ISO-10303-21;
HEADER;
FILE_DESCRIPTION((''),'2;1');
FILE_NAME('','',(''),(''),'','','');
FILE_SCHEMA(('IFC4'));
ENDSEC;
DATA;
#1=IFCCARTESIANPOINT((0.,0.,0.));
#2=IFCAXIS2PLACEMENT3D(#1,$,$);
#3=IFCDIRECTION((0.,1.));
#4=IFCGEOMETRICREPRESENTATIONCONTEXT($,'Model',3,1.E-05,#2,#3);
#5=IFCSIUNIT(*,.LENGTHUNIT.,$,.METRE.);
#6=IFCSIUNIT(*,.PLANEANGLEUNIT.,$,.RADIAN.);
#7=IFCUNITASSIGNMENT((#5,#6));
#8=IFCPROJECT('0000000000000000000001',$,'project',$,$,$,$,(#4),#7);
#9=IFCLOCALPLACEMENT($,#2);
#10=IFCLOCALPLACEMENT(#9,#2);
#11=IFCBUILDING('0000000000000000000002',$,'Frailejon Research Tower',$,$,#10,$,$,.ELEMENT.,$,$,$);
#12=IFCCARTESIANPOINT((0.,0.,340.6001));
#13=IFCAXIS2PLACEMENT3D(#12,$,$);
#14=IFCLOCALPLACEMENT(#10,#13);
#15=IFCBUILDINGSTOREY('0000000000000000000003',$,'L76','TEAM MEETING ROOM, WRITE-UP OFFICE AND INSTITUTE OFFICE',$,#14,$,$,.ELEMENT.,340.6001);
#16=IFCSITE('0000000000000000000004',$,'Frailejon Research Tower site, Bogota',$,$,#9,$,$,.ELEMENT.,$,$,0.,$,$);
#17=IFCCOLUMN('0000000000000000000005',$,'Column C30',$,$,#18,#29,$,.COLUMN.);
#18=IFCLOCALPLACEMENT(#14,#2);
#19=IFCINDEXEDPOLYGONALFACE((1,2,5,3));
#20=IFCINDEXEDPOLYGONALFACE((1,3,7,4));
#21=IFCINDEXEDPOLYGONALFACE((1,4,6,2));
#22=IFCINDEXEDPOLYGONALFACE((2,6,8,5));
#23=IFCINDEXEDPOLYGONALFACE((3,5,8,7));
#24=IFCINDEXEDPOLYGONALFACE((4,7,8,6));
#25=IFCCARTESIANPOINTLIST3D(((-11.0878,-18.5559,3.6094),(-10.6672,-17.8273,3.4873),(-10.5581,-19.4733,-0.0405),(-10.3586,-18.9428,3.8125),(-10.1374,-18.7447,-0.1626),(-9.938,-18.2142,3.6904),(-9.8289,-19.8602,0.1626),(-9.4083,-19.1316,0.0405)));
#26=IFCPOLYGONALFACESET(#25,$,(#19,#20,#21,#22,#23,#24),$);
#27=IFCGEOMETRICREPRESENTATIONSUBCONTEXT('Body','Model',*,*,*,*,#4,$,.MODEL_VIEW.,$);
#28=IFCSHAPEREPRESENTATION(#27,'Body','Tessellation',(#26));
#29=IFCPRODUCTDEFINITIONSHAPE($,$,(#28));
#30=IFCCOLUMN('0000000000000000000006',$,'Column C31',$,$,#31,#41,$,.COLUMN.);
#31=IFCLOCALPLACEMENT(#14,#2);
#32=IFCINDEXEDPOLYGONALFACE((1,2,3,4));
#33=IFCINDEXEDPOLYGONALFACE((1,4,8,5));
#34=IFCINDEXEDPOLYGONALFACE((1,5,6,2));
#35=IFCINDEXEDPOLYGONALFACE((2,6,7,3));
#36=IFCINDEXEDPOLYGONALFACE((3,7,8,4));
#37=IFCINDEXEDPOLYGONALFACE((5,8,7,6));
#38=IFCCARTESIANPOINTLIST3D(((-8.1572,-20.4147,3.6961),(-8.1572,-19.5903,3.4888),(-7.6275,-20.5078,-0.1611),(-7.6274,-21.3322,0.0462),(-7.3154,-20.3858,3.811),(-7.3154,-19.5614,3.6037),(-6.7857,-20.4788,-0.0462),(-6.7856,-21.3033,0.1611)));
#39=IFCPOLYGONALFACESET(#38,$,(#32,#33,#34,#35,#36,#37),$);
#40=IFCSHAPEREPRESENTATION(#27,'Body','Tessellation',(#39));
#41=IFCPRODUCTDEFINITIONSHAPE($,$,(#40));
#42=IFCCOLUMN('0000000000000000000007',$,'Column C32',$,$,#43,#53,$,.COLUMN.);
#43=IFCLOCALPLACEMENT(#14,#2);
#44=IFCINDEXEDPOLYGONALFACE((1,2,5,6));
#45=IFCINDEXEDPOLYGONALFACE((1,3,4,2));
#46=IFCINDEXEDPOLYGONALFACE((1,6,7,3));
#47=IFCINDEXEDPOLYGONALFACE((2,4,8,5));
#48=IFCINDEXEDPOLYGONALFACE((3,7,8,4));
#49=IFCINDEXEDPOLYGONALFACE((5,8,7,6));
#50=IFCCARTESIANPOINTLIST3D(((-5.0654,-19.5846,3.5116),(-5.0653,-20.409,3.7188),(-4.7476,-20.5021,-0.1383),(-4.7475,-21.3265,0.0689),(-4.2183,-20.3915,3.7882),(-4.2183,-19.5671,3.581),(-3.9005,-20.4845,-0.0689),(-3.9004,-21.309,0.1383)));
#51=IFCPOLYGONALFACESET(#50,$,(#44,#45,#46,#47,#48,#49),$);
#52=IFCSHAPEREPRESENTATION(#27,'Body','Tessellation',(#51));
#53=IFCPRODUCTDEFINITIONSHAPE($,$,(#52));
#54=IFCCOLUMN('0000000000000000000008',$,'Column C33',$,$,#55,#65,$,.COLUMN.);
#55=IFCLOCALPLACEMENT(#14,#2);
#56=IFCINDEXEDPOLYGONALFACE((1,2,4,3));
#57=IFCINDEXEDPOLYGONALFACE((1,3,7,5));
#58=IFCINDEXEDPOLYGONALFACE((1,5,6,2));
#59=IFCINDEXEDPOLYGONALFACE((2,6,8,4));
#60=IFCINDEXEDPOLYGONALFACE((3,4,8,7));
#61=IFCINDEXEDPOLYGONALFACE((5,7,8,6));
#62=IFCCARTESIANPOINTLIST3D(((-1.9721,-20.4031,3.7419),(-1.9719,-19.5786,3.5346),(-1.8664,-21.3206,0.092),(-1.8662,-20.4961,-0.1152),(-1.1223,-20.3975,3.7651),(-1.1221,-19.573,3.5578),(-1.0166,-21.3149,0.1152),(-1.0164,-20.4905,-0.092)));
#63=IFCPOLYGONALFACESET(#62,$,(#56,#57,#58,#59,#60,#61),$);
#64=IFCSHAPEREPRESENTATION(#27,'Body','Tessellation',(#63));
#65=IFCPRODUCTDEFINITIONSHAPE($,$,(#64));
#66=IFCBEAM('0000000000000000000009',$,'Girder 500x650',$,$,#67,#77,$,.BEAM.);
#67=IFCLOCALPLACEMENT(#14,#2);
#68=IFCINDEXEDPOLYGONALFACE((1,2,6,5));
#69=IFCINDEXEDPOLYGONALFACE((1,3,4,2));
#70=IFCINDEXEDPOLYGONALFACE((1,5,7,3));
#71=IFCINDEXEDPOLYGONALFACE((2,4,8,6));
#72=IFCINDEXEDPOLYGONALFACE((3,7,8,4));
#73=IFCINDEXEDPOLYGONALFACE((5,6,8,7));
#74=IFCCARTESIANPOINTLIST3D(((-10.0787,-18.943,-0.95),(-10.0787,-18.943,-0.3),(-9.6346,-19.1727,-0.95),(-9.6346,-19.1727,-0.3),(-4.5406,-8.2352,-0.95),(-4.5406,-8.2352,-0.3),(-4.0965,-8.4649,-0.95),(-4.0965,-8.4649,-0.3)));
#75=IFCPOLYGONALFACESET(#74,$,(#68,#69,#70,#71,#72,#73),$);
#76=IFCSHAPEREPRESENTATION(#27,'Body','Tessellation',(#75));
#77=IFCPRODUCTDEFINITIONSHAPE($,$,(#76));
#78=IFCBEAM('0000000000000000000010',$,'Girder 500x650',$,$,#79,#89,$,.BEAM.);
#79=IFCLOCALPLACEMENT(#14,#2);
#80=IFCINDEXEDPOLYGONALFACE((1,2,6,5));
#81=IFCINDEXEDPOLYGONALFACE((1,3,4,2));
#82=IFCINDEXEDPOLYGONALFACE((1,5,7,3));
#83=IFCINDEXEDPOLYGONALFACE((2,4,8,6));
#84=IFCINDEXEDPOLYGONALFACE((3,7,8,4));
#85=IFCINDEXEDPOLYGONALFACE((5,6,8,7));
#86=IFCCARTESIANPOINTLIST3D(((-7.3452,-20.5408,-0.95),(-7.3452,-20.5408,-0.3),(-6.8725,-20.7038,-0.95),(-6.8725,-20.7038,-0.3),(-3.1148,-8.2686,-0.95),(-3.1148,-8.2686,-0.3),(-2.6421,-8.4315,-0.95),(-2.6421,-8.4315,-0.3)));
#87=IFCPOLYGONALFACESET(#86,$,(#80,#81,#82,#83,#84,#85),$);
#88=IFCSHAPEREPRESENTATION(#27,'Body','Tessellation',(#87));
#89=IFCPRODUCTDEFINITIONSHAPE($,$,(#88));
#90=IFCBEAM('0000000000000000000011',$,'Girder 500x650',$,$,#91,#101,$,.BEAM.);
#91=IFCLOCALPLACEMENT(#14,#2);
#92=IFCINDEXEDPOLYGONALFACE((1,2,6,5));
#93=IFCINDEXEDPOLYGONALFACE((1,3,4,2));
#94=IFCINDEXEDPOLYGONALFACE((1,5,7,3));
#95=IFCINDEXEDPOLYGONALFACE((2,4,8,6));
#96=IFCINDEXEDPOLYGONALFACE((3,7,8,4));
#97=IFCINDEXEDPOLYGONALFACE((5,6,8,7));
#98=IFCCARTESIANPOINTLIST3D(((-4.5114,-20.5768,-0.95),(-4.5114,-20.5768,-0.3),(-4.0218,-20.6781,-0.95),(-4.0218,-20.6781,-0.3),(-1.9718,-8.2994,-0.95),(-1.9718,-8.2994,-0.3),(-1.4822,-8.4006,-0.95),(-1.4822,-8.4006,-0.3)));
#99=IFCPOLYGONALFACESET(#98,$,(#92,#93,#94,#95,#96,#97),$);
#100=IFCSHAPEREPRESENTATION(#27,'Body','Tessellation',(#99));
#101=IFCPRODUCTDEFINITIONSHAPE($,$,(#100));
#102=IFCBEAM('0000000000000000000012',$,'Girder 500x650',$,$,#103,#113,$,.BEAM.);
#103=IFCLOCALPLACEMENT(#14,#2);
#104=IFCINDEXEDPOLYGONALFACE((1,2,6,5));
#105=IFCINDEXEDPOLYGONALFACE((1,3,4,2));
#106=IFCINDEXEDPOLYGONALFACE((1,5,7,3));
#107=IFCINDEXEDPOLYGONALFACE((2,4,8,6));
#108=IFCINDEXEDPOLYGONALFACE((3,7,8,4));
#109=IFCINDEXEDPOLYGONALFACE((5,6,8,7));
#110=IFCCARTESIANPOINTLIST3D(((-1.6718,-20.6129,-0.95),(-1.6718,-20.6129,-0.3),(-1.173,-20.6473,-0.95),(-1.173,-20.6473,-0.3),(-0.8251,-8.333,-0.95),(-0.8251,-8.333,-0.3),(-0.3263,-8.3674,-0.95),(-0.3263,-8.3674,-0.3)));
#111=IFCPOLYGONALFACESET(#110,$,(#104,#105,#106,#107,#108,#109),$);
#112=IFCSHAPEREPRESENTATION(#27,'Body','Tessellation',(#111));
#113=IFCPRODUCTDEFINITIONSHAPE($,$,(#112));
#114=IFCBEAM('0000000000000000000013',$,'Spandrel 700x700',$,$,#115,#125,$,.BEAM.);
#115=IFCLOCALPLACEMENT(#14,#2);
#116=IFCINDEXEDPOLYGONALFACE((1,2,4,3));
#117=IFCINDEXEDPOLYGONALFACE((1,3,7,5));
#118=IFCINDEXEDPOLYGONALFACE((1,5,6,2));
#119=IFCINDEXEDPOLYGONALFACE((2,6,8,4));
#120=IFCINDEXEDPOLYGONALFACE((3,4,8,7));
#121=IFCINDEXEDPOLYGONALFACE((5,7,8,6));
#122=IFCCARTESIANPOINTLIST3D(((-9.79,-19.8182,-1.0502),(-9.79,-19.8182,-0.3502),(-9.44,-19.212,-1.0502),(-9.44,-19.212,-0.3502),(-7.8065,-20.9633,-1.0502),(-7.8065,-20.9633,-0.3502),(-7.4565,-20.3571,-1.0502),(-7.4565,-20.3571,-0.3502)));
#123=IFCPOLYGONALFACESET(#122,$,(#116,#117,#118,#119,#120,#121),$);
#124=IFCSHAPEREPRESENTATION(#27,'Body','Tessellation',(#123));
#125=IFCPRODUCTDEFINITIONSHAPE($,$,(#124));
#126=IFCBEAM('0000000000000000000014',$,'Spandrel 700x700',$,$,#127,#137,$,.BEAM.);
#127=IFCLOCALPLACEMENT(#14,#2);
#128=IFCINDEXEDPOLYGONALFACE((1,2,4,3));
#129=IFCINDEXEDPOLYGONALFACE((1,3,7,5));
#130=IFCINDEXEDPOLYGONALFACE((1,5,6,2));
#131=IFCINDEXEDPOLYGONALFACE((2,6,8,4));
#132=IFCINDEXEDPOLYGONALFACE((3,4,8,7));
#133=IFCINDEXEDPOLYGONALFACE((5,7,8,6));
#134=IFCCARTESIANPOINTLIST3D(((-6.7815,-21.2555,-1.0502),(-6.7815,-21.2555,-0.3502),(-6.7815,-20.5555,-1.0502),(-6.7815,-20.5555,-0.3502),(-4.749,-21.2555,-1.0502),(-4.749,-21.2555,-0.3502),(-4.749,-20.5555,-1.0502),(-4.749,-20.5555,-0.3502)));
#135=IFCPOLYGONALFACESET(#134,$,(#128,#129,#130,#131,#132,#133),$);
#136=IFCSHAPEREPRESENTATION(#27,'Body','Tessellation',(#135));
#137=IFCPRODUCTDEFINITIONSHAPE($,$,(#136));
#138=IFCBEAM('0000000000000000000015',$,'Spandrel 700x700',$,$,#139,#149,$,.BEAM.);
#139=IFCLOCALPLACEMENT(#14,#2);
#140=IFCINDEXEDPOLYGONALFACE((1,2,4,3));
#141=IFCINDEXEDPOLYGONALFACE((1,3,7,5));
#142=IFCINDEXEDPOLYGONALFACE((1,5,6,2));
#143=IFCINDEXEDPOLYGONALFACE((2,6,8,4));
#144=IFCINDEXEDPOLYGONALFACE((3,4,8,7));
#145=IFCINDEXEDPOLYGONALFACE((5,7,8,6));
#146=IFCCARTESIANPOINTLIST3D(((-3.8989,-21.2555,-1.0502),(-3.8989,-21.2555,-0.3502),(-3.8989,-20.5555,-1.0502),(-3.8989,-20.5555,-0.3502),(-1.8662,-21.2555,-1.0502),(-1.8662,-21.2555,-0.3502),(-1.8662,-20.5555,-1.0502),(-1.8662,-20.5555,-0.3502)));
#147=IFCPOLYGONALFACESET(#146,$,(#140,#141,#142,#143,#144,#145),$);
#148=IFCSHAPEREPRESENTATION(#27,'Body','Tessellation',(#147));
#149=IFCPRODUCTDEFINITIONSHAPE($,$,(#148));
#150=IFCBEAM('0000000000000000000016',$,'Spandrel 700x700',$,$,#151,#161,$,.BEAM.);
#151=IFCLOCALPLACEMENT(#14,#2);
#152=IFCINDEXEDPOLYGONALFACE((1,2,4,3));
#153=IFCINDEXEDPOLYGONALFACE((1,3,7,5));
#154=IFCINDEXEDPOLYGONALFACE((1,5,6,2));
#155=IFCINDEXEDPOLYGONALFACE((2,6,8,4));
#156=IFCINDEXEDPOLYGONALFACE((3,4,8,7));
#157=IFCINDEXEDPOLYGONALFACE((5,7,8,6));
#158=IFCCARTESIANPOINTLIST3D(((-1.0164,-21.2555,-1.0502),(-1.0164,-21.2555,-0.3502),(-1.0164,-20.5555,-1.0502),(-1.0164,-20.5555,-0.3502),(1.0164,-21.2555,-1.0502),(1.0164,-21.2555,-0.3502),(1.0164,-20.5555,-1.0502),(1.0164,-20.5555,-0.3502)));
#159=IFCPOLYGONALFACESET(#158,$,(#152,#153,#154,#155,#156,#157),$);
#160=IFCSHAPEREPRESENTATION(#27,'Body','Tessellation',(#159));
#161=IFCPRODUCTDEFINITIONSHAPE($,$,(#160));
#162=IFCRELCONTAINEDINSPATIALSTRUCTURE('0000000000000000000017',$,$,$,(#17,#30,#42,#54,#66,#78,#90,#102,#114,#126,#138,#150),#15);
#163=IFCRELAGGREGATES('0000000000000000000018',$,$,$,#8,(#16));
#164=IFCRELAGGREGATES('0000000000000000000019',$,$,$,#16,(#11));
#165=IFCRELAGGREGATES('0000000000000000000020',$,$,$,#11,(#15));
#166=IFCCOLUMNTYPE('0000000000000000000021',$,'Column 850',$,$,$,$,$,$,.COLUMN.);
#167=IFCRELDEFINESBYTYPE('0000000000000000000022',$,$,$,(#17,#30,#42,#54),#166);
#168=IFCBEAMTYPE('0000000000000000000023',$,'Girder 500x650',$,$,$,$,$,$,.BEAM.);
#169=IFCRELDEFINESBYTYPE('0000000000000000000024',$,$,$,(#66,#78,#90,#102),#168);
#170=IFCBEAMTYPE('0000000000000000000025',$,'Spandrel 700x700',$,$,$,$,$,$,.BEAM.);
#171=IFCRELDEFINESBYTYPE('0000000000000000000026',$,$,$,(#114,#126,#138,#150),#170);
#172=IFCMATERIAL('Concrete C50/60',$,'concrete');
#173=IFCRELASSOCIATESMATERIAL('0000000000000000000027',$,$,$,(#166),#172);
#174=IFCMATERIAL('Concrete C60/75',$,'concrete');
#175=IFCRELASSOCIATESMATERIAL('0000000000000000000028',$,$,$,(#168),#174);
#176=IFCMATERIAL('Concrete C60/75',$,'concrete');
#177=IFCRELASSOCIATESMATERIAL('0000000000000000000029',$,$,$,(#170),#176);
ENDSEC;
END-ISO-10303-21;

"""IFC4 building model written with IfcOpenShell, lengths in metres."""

from ifc_helpers import new_model, si_unit, direction, frame, origin, origin_2d, place, context, subcontext, project, spatial, rectangle, extrude, material, material_profile, profile_set, type_object, element, save


model = new_model("IFC4")

# Units and contexts
model_context = context("Model", 3, precision=1e-05, world=origin(), true_north=direction((0.0, 1.0)))
body_context = subcontext(model_context, "Body", "Model", "MODEL_VIEW")
ifc_project = project(units=[si_unit("LENGTHUNIT", "METRE"), si_unit("PLANEANGLEUNIT", "RADIAN")], contexts=[model_context])

# Site, building, storey
site_placement = place(None, origin())
site = spatial("IfcSite", under=ifc_project, at=site_placement, Name="Frailejon Research Tower site, Bogota", CompositionType="ELEMENT", RefElevation=0.0)
building_placement = place(site_placement, origin())
building = spatial("IfcBuilding", under=site, at=building_placement, Name="Frailejon Research Tower", CompositionType="ELEMENT")
storey_placement = place(building_placement, frame((0.0, 0.0, 340.6001)))
storey = spatial("IfcBuildingStorey", under=building, at=storey_placement, Name="L76", Description="TEAM MEETING ROOM, WRITE-UP OFFICE AND INSTITUTE OFFICE", CompositionType="ELEMENT", Elevation=340.6001)

# Columns
ifc_material_1 = material(Name="Concrete C50/60", Category="concrete")
ifc_material_profile_1 = material_profile(ifc_material_1, rectangle(XDim=0.8501, YDim=0.8501, at=origin_2d()), Name="Column 850")
ifc_profile_set_1 = profile_set([ifc_material_profile_1], Name="Concrete C50/60")
column_type = type_object("IfcColumnType", Name="Column 850", PredefinedType="COLUMN", material=ifc_profile_set_1)
for number, where, z_axis, x_axis, name in (
    (1, (-9.9832, -19.3025, 0.0), (-0.139397, 0.241407, 0.96036), (0.857771, -0.455136, 0.238914), "Column C30"),
    (2, (-7.2065, -20.9055, 0.0), (-0.139397, 0.241407, 0.96036), (0.990237, 0.034035, 0.135178), "Column C31"),
):
    element("IfcColumn", number, at=place(storey_placement, frame(where, z_axis=z_axis, x_axis=x_axis)), inside=storey, type_object=column_type, Name=name, PredefinedType="COLUMN", context=body_context, shape_type="SweptSolid", body=[
        extrude(rectangle(XDim=0.8501, YDim=0.8501, at=origin_2d()), origin(), (0.0, 0.0, 1.0), 3.8005),
    ])
column_1_placement = place(storey_placement, frame((-4.324, -20.9055, 0.0), z_axis=(-0.084163, 0.242922, 0.966388), x_axis=(0.996452, 0.020605, 0.081602)))
element("IfcColumn", 3, at=column_1_placement, inside=storey, type_object=column_type, Name="Column C32", PredefinedType="COLUMN", context=body_context, shape_type="SweptSolid", body=[
    extrude(rectangle(XDim=0.8501, YDim=0.8501, at=origin_2d()), origin(), (0.0, 0.0, 1.0), 3.7769),
])
column_2_placement = place(storey_placement, frame((-1.4414, -20.9055, 0.0), z_axis=(-0.028078, 0.243691, 0.969446), x_axis=(0.999606, 0.006629, 0.027285)))
element("IfcColumn", 4, at=column_2_placement, inside=storey, type_object=column_type, Name="Column C33", PredefinedType="COLUMN", context=body_context, shape_type="SweptSolid", body=[
    extrude(rectangle(XDim=0.8501, YDim=0.8501, at=origin_2d()), origin(), (0.0, 0.0, 1.0), 3.7649),
])

# Beams
ifc_material_2 = material(Name="Concrete C60/75", Category="concrete")
ifc_material_profile_2 = material_profile(ifc_material_2, rectangle(XDim=0.5, YDim=0.6499, at=origin_2d()), Name="Girder 500x650")
ifc_profile_set_2 = profile_set([ifc_material_profile_2], Name="Concrete C60/75")
beam_type_1 = type_object("IfcBeamType", Name="Girder 500x650", PredefinedType="BEAM", material=ifc_profile_set_2)
beam_1_placement = place(storey_placement, frame((-9.8567, -19.0579, -0.625), z_axis=(0.459396, 0.888232, 0.0), x_axis=(-0.888232, 0.459396, 0.0)))
element("IfcBeam", 5, at=beam_1_placement, inside=storey, type_object=beam_type_1, Name="Girder 500x650", PredefinedType="BEAM", context=body_context, shape_type="SweptSolid", body=[
    extrude(rectangle(XDim=0.5, YDim=0.6499, at=origin_2d()), origin(), (0.0, 0.0, 1.0), 12.0552),
])
beam_2_placement = place(storey_placement, frame((-7.1089, -20.6223, -0.625), z_axis=(0.325899, 0.945405, 0.0), x_axis=(-0.945405, 0.325899, 0.0)))
element("IfcBeam", 6, at=beam_2_placement, inside=storey, type_object=beam_type_1, Name="Girder 500x650", PredefinedType="BEAM", context=body_context, shape_type="SweptSolid", body=[
    extrude(rectangle(XDim=0.5, YDim=0.6499, at=origin_2d()), origin(), (0.0, 0.0, 1.0), 12.981),
])
beam_3_placement = place(storey_placement, frame((-4.2666, -20.6274, -0.625), z_axis=(0.202561, 0.97927, 0.0), x_axis=(-0.97927, 0.202561, 0.0)))
element("IfcBeam", 7, at=beam_3_placement, inside=storey, type_object=beam_type_1, Name="Girder 500x650", PredefinedType="BEAM", context=body_context, shape_type="SweptSolid", body=[
    extrude(rectangle(XDim=0.5, YDim=0.6499, at=origin_2d()), origin(), (0.0, 0.0, 1.0), 12.5374),
])
beam_4_placement = place(storey_placement, frame((-1.4224, -20.6301, -0.625), z_axis=(0.068784, 0.997632, 0.0), x_axis=(-0.997632, 0.068784, 0.0)))
element("IfcBeam", 8, at=beam_4_placement, inside=storey, type_object=beam_type_1, Name="Girder 500x650", PredefinedType="BEAM", context=body_context, shape_type="SweptSolid", body=[
    extrude(rectangle(XDim=0.5, YDim=0.6499, at=origin_2d()), origin(), (0.0, 0.0, 1.0), 12.3091),
])
ifc_material_3 = material(Name="Concrete C60/75", Category="concrete")
ifc_material_profile_3 = material_profile(ifc_material_3, rectangle(XDim=0.7, YDim=0.7, at=origin_2d()), Name="Spandrel 700x700")
ifc_profile_set_3 = profile_set([ifc_material_profile_3], Name="Concrete C60/75")
beam_type_2 = type_object("IfcBeamType", Name="Spandrel 700x700", PredefinedType="BEAM", material=ifc_profile_set_3)
beam_5_placement = place(storey_placement, frame((-9.615, -19.5151, -0.7002), z_axis=(0.866044, -0.499969, 0.0), x_axis=(0.499969, 0.866044, 0.0)))
element("IfcBeam", 9, at=beam_5_placement, inside=storey, type_object=beam_type_2, Name="Spandrel 700x700", PredefinedType="BEAM", context=body_context, shape_type="SweptSolid", body=[
    extrude(rectangle(XDim=0.7, YDim=0.7, at=origin_2d()), origin(), (0.0, 0.0, 1.0), 2.2903),
])
beam_6_placement = place(storey_placement, frame((-6.7815, -20.9055, -0.7002), z_axis=(1.0, 0.0, 0.0), x_axis=(0.0, 1.0, 0.0)))
element("IfcBeam", 10, at=beam_6_placement, inside=storey, type_object=beam_type_2, Name="Spandrel 700x700", PredefinedType="BEAM", context=body_context, shape_type="SweptSolid", body=[
    extrude(rectangle(XDim=0.7, YDim=0.7, at=origin_2d()), origin(), (0.0, 0.0, 1.0), 2.0325),
])
for number, where, z_axis, x_axis, name in (
    (11, (-3.8989, -20.9055, -0.7002), (1.0, 0.0, 0.0), (0.0, 1.0, 0.0), "Spandrel 700x700"),
    (12, (-1.0164, -20.9055, -0.7002), (1.0, 0.0, 0.0), (0.0, 1.0, 0.0), "Spandrel 700x700"),
):
    element("IfcBeam", number, at=place(storey_placement, frame(where, z_axis=z_axis, x_axis=x_axis)), inside=storey, type_object=beam_type_2, Name=name, PredefinedType="BEAM", context=body_context, shape_type="SweptSolid", body=[
        extrude(rectangle(XDim=0.7, YDim=0.7, at=origin_2d()), origin(), (0.0, 0.0, 1.0), 2.0327),
    ])

save(model, "model.ifc")
